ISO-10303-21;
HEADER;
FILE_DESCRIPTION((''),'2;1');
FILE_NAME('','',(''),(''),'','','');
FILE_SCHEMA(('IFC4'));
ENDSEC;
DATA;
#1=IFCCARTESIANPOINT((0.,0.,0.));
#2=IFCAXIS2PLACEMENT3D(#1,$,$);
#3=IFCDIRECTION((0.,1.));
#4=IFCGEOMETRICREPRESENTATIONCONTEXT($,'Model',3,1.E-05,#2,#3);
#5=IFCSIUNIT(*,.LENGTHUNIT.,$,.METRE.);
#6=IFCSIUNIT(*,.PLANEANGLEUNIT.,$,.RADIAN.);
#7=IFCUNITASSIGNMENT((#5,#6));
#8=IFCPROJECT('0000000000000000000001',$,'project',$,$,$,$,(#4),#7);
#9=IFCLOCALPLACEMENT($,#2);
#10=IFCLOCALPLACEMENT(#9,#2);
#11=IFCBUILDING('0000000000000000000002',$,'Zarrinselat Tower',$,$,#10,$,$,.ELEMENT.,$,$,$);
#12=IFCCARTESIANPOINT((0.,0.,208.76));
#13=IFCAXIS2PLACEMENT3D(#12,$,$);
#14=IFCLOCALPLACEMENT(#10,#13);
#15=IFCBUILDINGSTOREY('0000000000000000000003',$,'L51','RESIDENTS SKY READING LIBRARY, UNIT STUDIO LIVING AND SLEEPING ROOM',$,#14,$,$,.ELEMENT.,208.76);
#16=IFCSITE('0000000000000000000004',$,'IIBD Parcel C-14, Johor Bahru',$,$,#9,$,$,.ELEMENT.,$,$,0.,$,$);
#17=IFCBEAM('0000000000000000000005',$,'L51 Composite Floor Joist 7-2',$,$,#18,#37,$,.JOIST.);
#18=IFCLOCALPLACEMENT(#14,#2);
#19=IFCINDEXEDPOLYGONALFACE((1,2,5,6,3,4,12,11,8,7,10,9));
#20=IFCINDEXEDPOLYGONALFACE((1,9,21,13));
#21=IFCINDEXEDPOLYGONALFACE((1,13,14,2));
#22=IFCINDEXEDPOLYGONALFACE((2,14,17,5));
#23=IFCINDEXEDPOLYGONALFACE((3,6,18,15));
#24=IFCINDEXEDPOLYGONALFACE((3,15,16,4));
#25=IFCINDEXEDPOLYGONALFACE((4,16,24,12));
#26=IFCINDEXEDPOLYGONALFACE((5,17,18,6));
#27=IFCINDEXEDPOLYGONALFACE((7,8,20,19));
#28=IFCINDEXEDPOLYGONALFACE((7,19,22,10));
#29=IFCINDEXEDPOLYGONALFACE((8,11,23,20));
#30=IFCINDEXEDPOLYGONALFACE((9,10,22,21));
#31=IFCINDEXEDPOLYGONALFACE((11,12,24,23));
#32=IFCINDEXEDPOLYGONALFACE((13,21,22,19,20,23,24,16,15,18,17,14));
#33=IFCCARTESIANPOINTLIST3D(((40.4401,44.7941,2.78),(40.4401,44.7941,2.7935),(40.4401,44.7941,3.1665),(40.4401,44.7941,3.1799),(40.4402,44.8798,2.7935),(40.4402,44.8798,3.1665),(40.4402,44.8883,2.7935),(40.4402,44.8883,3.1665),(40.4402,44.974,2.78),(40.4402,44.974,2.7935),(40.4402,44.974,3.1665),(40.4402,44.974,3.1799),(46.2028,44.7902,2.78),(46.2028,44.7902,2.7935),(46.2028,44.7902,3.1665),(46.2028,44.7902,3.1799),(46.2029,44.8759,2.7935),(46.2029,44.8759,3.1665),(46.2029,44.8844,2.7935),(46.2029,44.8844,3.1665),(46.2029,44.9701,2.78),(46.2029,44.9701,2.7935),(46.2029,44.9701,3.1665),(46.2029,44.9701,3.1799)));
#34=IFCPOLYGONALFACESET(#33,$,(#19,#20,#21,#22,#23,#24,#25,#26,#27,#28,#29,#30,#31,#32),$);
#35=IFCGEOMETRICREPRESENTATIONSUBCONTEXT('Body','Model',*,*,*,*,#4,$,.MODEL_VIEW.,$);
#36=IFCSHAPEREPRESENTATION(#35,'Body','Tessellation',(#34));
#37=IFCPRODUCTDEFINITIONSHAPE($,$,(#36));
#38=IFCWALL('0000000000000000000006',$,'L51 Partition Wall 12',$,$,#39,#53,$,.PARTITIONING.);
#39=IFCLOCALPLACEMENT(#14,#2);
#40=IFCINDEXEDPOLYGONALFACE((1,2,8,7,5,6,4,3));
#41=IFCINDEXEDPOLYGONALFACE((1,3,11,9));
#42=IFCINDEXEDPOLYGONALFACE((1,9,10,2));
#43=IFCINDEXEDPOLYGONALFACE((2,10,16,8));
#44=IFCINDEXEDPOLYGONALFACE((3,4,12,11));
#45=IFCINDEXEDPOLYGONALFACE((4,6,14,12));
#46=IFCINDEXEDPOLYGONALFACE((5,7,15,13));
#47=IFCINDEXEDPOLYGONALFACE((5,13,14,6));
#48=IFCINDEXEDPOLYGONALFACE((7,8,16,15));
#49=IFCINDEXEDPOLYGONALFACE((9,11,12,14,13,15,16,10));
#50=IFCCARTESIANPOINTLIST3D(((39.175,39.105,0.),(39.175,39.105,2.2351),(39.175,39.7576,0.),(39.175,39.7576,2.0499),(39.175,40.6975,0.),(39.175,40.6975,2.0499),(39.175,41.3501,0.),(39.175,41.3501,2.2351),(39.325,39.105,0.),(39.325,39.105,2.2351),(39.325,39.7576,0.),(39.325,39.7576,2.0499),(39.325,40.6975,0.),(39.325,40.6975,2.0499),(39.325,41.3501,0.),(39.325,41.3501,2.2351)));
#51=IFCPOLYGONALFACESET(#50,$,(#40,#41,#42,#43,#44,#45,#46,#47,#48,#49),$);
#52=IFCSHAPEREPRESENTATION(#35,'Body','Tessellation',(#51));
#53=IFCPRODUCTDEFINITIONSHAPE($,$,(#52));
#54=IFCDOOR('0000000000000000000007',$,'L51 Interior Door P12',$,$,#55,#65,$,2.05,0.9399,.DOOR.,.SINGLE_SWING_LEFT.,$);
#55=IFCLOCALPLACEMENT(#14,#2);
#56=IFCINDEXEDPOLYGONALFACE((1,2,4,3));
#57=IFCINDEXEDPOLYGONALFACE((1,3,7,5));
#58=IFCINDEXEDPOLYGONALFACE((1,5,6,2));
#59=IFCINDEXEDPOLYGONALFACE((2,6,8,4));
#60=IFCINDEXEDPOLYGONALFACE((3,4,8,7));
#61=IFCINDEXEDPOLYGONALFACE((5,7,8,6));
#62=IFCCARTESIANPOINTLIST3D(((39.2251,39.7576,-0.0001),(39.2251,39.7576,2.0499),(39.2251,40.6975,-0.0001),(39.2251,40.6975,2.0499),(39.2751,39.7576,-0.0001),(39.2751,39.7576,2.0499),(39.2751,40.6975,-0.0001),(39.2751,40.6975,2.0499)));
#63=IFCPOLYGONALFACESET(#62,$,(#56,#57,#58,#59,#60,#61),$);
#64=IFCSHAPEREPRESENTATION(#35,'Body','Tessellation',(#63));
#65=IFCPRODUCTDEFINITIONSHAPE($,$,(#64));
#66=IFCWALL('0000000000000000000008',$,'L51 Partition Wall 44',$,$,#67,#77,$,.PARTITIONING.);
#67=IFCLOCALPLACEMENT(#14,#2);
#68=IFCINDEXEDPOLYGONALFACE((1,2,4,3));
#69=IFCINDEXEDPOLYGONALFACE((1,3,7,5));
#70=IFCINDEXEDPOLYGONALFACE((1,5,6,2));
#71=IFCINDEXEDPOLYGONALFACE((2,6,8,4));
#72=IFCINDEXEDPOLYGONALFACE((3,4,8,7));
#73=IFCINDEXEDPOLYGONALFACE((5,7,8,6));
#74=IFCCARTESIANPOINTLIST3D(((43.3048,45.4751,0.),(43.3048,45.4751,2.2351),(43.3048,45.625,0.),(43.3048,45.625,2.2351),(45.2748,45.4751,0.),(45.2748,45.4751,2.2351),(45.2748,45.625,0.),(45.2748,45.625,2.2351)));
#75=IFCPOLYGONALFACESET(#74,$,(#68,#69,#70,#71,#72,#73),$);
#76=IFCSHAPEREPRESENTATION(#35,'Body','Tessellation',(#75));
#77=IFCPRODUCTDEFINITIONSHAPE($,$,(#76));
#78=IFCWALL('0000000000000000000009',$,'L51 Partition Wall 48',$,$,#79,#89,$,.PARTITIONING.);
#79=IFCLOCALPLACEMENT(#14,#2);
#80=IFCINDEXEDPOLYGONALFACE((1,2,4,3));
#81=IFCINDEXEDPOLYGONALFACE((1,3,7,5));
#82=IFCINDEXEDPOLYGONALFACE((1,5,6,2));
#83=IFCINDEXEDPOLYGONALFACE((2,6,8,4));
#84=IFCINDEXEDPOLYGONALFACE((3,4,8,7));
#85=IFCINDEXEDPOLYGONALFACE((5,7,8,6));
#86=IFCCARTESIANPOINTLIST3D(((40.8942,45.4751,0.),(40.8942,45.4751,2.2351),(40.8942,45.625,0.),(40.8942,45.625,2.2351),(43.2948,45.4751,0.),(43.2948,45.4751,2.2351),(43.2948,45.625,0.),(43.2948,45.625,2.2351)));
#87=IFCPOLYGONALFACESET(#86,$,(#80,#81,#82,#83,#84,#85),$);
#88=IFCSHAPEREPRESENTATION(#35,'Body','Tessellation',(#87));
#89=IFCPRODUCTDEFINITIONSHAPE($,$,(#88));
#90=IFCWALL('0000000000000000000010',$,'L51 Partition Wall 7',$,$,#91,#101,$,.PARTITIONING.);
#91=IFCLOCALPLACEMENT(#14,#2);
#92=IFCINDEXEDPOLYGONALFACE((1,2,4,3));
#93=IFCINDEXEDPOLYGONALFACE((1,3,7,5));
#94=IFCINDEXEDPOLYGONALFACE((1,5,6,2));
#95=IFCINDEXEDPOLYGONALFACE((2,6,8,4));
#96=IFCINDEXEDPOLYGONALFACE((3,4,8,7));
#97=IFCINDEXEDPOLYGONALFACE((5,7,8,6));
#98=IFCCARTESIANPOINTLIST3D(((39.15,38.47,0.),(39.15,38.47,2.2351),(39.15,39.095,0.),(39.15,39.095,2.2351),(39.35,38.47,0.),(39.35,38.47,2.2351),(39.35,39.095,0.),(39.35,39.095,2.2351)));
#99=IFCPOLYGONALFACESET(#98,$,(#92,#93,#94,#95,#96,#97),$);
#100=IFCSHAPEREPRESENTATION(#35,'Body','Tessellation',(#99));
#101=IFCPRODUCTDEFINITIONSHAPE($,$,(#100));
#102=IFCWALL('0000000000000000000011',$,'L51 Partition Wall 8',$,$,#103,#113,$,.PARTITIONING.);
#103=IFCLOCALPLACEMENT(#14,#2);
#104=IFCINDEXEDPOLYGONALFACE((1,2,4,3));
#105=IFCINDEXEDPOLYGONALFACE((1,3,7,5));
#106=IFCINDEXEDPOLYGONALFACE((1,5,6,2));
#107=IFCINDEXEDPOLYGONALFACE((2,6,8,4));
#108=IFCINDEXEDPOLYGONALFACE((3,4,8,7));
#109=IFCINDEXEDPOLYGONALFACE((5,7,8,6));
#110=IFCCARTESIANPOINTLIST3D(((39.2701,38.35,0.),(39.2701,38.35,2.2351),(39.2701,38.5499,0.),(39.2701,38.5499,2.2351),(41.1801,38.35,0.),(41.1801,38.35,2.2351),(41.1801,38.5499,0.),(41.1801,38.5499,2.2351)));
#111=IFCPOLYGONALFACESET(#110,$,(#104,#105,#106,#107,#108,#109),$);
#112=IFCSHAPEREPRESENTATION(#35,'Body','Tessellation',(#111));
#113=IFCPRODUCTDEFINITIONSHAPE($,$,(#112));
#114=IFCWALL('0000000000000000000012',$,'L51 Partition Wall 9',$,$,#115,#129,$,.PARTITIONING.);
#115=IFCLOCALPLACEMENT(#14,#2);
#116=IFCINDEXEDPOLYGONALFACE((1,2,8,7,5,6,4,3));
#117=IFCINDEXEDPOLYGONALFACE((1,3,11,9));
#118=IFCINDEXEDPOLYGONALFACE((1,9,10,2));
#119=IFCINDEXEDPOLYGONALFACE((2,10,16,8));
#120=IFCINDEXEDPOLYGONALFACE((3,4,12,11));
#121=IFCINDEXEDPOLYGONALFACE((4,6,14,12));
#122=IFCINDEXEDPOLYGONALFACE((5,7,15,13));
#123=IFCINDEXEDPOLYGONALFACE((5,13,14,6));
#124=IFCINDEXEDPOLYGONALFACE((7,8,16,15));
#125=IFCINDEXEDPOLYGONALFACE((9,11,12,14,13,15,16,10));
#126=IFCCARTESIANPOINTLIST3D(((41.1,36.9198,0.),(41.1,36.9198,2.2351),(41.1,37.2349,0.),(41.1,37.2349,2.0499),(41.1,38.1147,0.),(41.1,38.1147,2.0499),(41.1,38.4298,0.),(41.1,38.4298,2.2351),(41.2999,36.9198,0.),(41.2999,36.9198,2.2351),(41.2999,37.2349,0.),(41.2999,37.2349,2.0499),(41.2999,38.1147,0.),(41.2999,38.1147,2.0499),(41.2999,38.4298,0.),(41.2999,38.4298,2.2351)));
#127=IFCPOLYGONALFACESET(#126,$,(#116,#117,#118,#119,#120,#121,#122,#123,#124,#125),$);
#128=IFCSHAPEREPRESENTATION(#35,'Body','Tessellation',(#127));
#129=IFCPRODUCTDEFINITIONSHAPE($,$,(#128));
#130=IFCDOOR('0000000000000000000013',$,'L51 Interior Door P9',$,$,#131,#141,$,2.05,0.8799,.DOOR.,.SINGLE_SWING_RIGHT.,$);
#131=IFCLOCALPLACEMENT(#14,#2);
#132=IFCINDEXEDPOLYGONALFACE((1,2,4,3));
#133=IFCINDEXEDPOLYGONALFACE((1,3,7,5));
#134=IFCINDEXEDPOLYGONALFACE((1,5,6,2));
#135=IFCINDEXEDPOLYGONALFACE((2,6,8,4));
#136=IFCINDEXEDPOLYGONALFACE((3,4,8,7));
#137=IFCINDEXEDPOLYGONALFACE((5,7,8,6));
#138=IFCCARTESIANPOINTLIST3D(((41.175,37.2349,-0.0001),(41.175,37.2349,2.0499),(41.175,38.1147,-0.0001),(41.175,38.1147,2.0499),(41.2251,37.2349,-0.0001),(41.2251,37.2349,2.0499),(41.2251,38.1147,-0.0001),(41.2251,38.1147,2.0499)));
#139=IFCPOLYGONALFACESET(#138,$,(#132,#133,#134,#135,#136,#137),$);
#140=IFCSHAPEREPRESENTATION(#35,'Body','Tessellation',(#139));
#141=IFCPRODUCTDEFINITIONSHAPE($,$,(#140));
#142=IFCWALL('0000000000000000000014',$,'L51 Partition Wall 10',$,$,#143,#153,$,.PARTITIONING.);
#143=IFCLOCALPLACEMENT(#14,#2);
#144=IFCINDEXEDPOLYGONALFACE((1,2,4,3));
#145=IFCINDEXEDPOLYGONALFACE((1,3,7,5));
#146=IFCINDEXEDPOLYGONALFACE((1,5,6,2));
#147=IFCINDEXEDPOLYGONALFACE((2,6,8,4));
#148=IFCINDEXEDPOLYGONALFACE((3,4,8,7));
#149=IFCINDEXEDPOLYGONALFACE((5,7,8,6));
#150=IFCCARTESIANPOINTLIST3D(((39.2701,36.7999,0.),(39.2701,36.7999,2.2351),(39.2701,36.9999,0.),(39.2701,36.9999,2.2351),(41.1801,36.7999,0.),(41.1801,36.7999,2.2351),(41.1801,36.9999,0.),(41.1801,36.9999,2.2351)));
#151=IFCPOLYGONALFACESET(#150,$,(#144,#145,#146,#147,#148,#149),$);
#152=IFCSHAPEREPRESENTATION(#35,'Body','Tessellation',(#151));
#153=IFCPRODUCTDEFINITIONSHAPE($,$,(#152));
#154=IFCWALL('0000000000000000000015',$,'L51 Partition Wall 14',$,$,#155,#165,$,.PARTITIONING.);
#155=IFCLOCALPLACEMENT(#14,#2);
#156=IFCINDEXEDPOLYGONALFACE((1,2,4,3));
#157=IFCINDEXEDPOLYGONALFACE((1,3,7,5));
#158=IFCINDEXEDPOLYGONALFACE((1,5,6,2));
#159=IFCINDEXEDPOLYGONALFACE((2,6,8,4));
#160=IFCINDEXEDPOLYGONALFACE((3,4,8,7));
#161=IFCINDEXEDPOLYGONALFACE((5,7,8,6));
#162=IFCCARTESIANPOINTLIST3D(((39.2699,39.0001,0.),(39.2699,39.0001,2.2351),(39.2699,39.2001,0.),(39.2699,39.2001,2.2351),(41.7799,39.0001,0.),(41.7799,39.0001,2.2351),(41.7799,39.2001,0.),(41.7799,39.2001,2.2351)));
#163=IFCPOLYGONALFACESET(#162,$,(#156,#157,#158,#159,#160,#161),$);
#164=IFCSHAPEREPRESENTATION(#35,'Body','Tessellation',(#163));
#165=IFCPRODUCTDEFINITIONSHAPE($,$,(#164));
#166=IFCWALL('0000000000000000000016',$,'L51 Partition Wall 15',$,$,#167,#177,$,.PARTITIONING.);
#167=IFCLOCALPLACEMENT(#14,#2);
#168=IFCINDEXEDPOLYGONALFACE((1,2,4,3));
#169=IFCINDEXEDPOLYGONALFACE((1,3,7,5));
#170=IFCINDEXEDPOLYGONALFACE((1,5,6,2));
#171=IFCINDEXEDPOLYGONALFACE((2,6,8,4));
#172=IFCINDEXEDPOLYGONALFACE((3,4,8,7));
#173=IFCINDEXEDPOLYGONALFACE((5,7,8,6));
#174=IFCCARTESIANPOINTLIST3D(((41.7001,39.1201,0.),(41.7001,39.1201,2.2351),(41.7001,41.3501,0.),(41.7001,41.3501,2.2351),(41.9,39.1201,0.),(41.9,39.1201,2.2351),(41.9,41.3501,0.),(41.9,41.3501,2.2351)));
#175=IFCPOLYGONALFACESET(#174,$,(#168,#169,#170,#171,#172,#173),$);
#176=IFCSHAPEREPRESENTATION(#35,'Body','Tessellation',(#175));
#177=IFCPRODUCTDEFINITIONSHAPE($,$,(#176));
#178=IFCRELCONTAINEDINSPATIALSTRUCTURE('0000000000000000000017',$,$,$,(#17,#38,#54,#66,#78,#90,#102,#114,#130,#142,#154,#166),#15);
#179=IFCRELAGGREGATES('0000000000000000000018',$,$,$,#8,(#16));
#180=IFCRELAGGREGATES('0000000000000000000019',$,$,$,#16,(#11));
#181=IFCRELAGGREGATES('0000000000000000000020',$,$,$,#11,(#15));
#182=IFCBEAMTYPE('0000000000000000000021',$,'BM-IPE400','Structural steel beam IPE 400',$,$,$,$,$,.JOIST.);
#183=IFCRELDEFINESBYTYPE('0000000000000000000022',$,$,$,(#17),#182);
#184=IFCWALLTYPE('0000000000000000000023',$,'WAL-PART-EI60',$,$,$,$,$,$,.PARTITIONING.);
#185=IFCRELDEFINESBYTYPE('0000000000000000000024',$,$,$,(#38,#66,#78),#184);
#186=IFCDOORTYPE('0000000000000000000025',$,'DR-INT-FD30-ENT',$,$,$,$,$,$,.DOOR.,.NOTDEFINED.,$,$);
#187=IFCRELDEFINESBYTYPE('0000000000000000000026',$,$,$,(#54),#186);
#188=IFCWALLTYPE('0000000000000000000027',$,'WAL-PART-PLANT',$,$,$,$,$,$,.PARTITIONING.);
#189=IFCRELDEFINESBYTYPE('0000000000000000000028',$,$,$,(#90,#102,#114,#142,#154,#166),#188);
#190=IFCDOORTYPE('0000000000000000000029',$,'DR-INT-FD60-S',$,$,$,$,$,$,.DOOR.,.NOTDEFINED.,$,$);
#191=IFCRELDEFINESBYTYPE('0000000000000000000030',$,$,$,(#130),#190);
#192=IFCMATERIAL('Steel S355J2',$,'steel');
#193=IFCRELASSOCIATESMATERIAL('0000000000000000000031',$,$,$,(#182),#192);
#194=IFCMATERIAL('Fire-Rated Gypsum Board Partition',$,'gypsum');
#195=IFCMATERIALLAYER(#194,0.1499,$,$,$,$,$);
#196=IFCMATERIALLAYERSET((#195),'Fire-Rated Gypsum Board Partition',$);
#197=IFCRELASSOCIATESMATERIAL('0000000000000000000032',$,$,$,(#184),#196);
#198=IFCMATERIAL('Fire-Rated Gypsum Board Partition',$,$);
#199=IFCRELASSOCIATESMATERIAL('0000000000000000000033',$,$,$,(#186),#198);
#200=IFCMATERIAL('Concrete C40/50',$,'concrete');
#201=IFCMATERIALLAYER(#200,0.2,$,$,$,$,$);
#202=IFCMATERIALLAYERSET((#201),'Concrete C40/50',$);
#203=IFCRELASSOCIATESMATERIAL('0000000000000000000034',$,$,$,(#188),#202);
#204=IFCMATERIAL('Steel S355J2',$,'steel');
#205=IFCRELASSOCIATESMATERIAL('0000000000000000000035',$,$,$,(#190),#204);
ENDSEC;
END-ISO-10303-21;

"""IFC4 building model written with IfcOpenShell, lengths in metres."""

from ifc_helpers import new_model, si_unit, direction, frame, frame_2d, origin, origin_2d, place, context, subcontext, project, spatial, rectangle, i_section, extrude, material, layer, layer_set, material_profile, profile_set, type_object, element, fill, save


model = new_model("IFC4")

# Units and contexts
model_context = context("Model", 3, precision=1e-05, world=origin(), true_north=direction((0.0, 1.0)))
body_context = subcontext(model_context, "Body", "Model", "MODEL_VIEW")
ifc_project = project(units=[si_unit("LENGTHUNIT", "METRE"), si_unit("PLANEANGLEUNIT", "RADIAN")], contexts=[model_context])

# Site, building, storey
site_placement = place(None, origin())
site = spatial("IfcSite", under=ifc_project, at=site_placement, Name="IIBD Parcel C-14, Johor Bahru", CompositionType="ELEMENT", RefElevation=0.0)
building_placement = place(site_placement, origin())
building = spatial("IfcBuilding", under=site, at=building_placement, Name="Zarrinselat Tower", CompositionType="ELEMENT")
storey_placement = place(building_placement, frame((0.0, 0.0, 208.76)))
storey = spatial("IfcBuildingStorey", under=building, at=storey_placement, Name="L51", Description="RESIDENTS SKY READING LIBRARY, UNIT STUDIO LIVING AND SLEEPING ROOM", CompositionType="ELEMENT", Elevation=208.76)

# Beam
ifc_material_1 = material(Name="Steel S355J2", Category="steel")
ifc_material_profile = material_profile(ifc_material_1, i_section(OverallWidth=0.1799, OverallDepth=0.3999, WebThickness=0.0085, FlangeThickness=0.0134, at=origin_2d()), Name="IPE 400")
ifc_profile_set = profile_set([ifc_material_profile], Name="Steel S355J2")
beam_type = type_object("IfcBeamType", Name="BM-IPE400", Description="Structural steel beam IPE 400", PredefinedType="JOIST", material=ifc_profile_set)
beam_placement = place(storey_placement, frame((40.4402, 44.884, 2.98), z_axis=(1.0, -0.000678, 0.0), x_axis=(0.000678, 1.0, 0.0)))
element("IfcBeam", 1, at=beam_placement, inside=storey, type_object=beam_type, Name="L51 Composite Floor Joist 7-2", PredefinedType="JOIST", context=body_context, shape_type="SweptSolid", body=[
    extrude(i_section(OverallWidth=0.1799, OverallDepth=0.3999, WebThickness=0.0085, FlangeThickness=0.0134, at=origin_2d()), origin(), (0.0, 0.0, 1.0), 5.7627),
])

# Wall, opening, door
ifc_material_2 = material(Name="Fire-Rated Gypsum Board Partition", Category="gypsum")
ifc_layer_1 = layer(ifc_material_2, 0.1499)
ifc_layer_set_1 = layer_set([ifc_layer_1], Name="Fire-Rated Gypsum Board Partition")
wall_type_1 = type_object("IfcWallType", Name="WAL-PART-EI60", PredefinedType="PARTITIONING", material=ifc_layer_set_1)
wall_1_placement = place(storey_placement, frame((39.25, 39.105, 0.0), z_axis=(0.0, 0.0, 1.0), x_axis=(0.0, 1.0, 0.0)))
wall_1 = element("IfcWall", 2, at=wall_1_placement, inside=storey, type_object=wall_type_1, Name="L51 Partition Wall 12", PredefinedType="PARTITIONING", context=body_context, shape_type="SweptSolid", body=[
    extrude(rectangle(XDim=2.2451, YDim=0.1499, at=frame_2d((1.1226, 0.0))), origin(), (0.0, 0.0, 1.0), 2.2351),
])
opening_1_placement = place(wall_1_placement, frame((0.6526, 0.0, 0.0)))
opening_1 = element("IfcOpeningElement", 3, at=opening_1_placement, cuts=wall_1, PredefinedType="OPENING", context=body_context, shape_type="SweptSolid", body=[
    extrude(rectangle(XDim=0.9399, YDim=2.05, at=frame_2d((0.47, 1.0249))), frame((0.0, 0.085, 0.0), z_axis=(0.0, -1.0, 0.0), x_axis=(1.0, 0.0, 0.0)), (0.0, 0.0, 1.0), 0.1699),
])
ifc_material_3 = material(Name="Fire-Rated Gypsum Board Partition")
door_type_1 = type_object("IfcDoorType", Name="DR-INT-FD30-ENT", OperationType="NOTDEFINED", PredefinedType="DOOR", material=ifc_material_3)
door_1_placement = place(opening_1_placement, origin())
door_1 = element("IfcDoor", 4, at=door_1_placement, inside=storey, type_object=door_type_1, Name="L51 Interior Door P12", OperationType="SINGLE_SWING_LEFT", OverallHeight=2.05, OverallWidth=0.9399, PredefinedType="DOOR", context=body_context, shape_type="SweptSolid", body=[
    extrude(rectangle(XDim=0.9399, YDim=2.05, at=frame_2d((0.47, 1.0249))), frame((0.0, 0.0249, 0.0), z_axis=(0.0, -1.0, 0.0), x_axis=(1.0, 0.0, 0.0)), (0.0, 0.0, 1.0), 0.05),
])
fill(opening_1, door_1)

# Walls
wall_2_placement = place(storey_placement, frame((43.3049, 45.55, 0.0), z_axis=(0.0, 0.0, 1.0), x_axis=(1.0, 0.0, 0.0)))
element("IfcWall", 5, at=wall_2_placement, inside=storey, type_object=wall_type_1, Name="L51 Partition Wall 44", PredefinedType="PARTITIONING", context=body_context, shape_type="SweptSolid", body=[
    extrude(rectangle(XDim=1.97, YDim=0.1499, at=frame_2d((0.9849, 0.0))), origin(), (0.0, 0.0, 1.0), 2.2351),
])
wall_3_placement = place(storey_placement, frame((40.8943, 45.55, 0.0), z_axis=(0.0, 0.0, 1.0), x_axis=(1.0, 0.0, 0.0)))
element("IfcWall", 6, at=wall_3_placement, inside=storey, type_object=wall_type_1, Name="L51 Partition Wall 48", PredefinedType="PARTITIONING", context=body_context, shape_type="SweptSolid", body=[
    extrude(rectangle(XDim=2.4006, YDim=0.1499, at=frame_2d((1.2002, 0.0))), origin(), (0.0, 0.0, 1.0), 2.2351),
])
ifc_material_4 = material(Name="Concrete C40/50", Category="concrete")
ifc_layer_2 = layer(ifc_material_4, 0.2)
ifc_layer_set_2 = layer_set([ifc_layer_2], Name="Concrete C40/50")
wall_type_2 = type_object("IfcWallType", Name="WAL-PART-PLANT", PredefinedType="PARTITIONING", material=ifc_layer_set_2)
wall_4_placement = place(storey_placement, frame((39.25, 38.47, 0.0), z_axis=(0.0, 0.0, 1.0), x_axis=(0.0, 1.0, 0.0)))
element("IfcWall", 7, at=wall_4_placement, inside=storey, type_object=wall_type_2, Name="L51 Partition Wall 7", PredefinedType="PARTITIONING", context=body_context, shape_type="SweptSolid", body=[
    extrude(rectangle(XDim=0.625, YDim=0.2, at=frame_2d((0.3125, 0.0))), origin(), (0.0, 0.0, 1.0), 2.2351),
])
wall_5_placement = place(storey_placement, frame((39.27, 38.45, 0.0), z_axis=(0.0, 0.0, 1.0), x_axis=(1.0, 0.0, 0.0)))
element("IfcWall", 8, at=wall_5_placement, inside=storey, type_object=wall_type_2, Name="L51 Partition Wall 8", PredefinedType="PARTITIONING", context=body_context, shape_type="SweptSolid", body=[
    extrude(rectangle(XDim=1.9099, YDim=0.2, at=frame_2d((0.9551, 0.0))), origin(), (0.0, 0.0, 1.0), 2.2351),
])

# Wall, opening, door
wall_6_placement = place(storey_placement, frame((41.2, 36.9199, 0.0), z_axis=(0.0, 0.0, 1.0), x_axis=(0.0, 1.0, 0.0)))
wall_6 = element("IfcWall", 9, at=wall_6_placement, inside=storey, type_object=wall_type_2, Name="L51 Partition Wall 9", PredefinedType="PARTITIONING", context=body_context, shape_type="SweptSolid", body=[
    extrude(rectangle(XDim=1.51, YDim=0.2, at=frame_2d((0.7549, 0.0))), origin(), (0.0, 0.0, 1.0), 2.2351),
])
opening_2_placement = place(wall_6_placement, frame((0.3149, 0.0, 0.0)))
opening_2 = element("IfcOpeningElement", 10, at=opening_2_placement, cuts=wall_6, PredefinedType="OPENING", context=body_context, shape_type="SweptSolid", body=[
    extrude(rectangle(XDim=0.8799, YDim=2.05, at=frame_2d((0.4399, 1.0249))), frame((0.0, 0.1099, 0.0), z_axis=(0.0, -1.0, 0.0), x_axis=(1.0, 0.0, 0.0)), (0.0, 0.0, 1.0), 0.22),
])
ifc_material_5 = material(Name="Steel S355J2", Category="steel")
door_type_2 = type_object("IfcDoorType", Name="DR-INT-FD60-S", OperationType="NOTDEFINED", PredefinedType="DOOR", material=ifc_material_5)
door_2_placement = place(opening_2_placement, origin())
door_2 = element("IfcDoor", 11, at=door_2_placement, inside=storey, type_object=door_type_2, Name="L51 Interior Door P9", OperationType="SINGLE_SWING_RIGHT", OverallHeight=2.05, OverallWidth=0.8799, PredefinedType="DOOR", context=body_context, shape_type="SweptSolid", body=[
    extrude(rectangle(XDim=0.8799, YDim=2.05, at=frame_2d((0.4399, 1.0249))), frame((0.0, 0.0249, 0.0), z_axis=(0.0, -1.0, 0.0), x_axis=(1.0, 0.0, 0.0)), (0.0, 0.0, 1.0), 0.05),
])
fill(opening_2, door_2)

# Walls
wall_7_placement = place(storey_placement, frame((39.27, 36.8999, 0.0), z_axis=(0.0, 0.0, 1.0), x_axis=(1.0, 0.0, 0.0)))
element("IfcWall", 12, at=wall_7_placement, inside=storey, type_object=wall_type_2, Name="L51 Partition Wall 10", PredefinedType="PARTITIONING", context=body_context, shape_type="SweptSolid", body=[
    extrude(rectangle(XDim=1.9099, YDim=0.2, at=frame_2d((0.9551, 0.0))), origin(), (0.0, 0.0, 1.0), 2.2351),
])
wall_8_placement = place(storey_placement, frame((39.27, 39.1001, 0.0), z_axis=(0.0, 0.0, 1.0), x_axis=(1.0, 0.0, 0.0)))
element("IfcWall", 13, at=wall_8_placement, inside=storey, type_object=wall_type_2, Name="L51 Partition Wall 14", PredefinedType="PARTITIONING", context=body_context, shape_type="SweptSolid", body=[
    extrude(rectangle(XDim=2.51, YDim=0.2, at=frame_2d((1.2549, 0.0))), origin(), (0.0, 0.0, 1.0), 2.2351),
])
wall_9_placement = place(storey_placement, frame((41.8, 39.1201, 0.0), z_axis=(0.0, 0.0, 1.0), x_axis=(0.0, 1.0, 0.0)))
element("IfcWall", 14, at=wall_9_placement, inside=storey, type_object=wall_type_2, Name="L51 Partition Wall 15", PredefinedType="PARTITIONING", context=body_context, shape_type="SweptSolid", body=[
    extrude(rectangle(XDim=2.23, YDim=0.2, at=frame_2d((1.115, 0.0))), origin(), (0.0, 0.0, 1.0), 2.2351),
])

save(model, "model.ifc")
